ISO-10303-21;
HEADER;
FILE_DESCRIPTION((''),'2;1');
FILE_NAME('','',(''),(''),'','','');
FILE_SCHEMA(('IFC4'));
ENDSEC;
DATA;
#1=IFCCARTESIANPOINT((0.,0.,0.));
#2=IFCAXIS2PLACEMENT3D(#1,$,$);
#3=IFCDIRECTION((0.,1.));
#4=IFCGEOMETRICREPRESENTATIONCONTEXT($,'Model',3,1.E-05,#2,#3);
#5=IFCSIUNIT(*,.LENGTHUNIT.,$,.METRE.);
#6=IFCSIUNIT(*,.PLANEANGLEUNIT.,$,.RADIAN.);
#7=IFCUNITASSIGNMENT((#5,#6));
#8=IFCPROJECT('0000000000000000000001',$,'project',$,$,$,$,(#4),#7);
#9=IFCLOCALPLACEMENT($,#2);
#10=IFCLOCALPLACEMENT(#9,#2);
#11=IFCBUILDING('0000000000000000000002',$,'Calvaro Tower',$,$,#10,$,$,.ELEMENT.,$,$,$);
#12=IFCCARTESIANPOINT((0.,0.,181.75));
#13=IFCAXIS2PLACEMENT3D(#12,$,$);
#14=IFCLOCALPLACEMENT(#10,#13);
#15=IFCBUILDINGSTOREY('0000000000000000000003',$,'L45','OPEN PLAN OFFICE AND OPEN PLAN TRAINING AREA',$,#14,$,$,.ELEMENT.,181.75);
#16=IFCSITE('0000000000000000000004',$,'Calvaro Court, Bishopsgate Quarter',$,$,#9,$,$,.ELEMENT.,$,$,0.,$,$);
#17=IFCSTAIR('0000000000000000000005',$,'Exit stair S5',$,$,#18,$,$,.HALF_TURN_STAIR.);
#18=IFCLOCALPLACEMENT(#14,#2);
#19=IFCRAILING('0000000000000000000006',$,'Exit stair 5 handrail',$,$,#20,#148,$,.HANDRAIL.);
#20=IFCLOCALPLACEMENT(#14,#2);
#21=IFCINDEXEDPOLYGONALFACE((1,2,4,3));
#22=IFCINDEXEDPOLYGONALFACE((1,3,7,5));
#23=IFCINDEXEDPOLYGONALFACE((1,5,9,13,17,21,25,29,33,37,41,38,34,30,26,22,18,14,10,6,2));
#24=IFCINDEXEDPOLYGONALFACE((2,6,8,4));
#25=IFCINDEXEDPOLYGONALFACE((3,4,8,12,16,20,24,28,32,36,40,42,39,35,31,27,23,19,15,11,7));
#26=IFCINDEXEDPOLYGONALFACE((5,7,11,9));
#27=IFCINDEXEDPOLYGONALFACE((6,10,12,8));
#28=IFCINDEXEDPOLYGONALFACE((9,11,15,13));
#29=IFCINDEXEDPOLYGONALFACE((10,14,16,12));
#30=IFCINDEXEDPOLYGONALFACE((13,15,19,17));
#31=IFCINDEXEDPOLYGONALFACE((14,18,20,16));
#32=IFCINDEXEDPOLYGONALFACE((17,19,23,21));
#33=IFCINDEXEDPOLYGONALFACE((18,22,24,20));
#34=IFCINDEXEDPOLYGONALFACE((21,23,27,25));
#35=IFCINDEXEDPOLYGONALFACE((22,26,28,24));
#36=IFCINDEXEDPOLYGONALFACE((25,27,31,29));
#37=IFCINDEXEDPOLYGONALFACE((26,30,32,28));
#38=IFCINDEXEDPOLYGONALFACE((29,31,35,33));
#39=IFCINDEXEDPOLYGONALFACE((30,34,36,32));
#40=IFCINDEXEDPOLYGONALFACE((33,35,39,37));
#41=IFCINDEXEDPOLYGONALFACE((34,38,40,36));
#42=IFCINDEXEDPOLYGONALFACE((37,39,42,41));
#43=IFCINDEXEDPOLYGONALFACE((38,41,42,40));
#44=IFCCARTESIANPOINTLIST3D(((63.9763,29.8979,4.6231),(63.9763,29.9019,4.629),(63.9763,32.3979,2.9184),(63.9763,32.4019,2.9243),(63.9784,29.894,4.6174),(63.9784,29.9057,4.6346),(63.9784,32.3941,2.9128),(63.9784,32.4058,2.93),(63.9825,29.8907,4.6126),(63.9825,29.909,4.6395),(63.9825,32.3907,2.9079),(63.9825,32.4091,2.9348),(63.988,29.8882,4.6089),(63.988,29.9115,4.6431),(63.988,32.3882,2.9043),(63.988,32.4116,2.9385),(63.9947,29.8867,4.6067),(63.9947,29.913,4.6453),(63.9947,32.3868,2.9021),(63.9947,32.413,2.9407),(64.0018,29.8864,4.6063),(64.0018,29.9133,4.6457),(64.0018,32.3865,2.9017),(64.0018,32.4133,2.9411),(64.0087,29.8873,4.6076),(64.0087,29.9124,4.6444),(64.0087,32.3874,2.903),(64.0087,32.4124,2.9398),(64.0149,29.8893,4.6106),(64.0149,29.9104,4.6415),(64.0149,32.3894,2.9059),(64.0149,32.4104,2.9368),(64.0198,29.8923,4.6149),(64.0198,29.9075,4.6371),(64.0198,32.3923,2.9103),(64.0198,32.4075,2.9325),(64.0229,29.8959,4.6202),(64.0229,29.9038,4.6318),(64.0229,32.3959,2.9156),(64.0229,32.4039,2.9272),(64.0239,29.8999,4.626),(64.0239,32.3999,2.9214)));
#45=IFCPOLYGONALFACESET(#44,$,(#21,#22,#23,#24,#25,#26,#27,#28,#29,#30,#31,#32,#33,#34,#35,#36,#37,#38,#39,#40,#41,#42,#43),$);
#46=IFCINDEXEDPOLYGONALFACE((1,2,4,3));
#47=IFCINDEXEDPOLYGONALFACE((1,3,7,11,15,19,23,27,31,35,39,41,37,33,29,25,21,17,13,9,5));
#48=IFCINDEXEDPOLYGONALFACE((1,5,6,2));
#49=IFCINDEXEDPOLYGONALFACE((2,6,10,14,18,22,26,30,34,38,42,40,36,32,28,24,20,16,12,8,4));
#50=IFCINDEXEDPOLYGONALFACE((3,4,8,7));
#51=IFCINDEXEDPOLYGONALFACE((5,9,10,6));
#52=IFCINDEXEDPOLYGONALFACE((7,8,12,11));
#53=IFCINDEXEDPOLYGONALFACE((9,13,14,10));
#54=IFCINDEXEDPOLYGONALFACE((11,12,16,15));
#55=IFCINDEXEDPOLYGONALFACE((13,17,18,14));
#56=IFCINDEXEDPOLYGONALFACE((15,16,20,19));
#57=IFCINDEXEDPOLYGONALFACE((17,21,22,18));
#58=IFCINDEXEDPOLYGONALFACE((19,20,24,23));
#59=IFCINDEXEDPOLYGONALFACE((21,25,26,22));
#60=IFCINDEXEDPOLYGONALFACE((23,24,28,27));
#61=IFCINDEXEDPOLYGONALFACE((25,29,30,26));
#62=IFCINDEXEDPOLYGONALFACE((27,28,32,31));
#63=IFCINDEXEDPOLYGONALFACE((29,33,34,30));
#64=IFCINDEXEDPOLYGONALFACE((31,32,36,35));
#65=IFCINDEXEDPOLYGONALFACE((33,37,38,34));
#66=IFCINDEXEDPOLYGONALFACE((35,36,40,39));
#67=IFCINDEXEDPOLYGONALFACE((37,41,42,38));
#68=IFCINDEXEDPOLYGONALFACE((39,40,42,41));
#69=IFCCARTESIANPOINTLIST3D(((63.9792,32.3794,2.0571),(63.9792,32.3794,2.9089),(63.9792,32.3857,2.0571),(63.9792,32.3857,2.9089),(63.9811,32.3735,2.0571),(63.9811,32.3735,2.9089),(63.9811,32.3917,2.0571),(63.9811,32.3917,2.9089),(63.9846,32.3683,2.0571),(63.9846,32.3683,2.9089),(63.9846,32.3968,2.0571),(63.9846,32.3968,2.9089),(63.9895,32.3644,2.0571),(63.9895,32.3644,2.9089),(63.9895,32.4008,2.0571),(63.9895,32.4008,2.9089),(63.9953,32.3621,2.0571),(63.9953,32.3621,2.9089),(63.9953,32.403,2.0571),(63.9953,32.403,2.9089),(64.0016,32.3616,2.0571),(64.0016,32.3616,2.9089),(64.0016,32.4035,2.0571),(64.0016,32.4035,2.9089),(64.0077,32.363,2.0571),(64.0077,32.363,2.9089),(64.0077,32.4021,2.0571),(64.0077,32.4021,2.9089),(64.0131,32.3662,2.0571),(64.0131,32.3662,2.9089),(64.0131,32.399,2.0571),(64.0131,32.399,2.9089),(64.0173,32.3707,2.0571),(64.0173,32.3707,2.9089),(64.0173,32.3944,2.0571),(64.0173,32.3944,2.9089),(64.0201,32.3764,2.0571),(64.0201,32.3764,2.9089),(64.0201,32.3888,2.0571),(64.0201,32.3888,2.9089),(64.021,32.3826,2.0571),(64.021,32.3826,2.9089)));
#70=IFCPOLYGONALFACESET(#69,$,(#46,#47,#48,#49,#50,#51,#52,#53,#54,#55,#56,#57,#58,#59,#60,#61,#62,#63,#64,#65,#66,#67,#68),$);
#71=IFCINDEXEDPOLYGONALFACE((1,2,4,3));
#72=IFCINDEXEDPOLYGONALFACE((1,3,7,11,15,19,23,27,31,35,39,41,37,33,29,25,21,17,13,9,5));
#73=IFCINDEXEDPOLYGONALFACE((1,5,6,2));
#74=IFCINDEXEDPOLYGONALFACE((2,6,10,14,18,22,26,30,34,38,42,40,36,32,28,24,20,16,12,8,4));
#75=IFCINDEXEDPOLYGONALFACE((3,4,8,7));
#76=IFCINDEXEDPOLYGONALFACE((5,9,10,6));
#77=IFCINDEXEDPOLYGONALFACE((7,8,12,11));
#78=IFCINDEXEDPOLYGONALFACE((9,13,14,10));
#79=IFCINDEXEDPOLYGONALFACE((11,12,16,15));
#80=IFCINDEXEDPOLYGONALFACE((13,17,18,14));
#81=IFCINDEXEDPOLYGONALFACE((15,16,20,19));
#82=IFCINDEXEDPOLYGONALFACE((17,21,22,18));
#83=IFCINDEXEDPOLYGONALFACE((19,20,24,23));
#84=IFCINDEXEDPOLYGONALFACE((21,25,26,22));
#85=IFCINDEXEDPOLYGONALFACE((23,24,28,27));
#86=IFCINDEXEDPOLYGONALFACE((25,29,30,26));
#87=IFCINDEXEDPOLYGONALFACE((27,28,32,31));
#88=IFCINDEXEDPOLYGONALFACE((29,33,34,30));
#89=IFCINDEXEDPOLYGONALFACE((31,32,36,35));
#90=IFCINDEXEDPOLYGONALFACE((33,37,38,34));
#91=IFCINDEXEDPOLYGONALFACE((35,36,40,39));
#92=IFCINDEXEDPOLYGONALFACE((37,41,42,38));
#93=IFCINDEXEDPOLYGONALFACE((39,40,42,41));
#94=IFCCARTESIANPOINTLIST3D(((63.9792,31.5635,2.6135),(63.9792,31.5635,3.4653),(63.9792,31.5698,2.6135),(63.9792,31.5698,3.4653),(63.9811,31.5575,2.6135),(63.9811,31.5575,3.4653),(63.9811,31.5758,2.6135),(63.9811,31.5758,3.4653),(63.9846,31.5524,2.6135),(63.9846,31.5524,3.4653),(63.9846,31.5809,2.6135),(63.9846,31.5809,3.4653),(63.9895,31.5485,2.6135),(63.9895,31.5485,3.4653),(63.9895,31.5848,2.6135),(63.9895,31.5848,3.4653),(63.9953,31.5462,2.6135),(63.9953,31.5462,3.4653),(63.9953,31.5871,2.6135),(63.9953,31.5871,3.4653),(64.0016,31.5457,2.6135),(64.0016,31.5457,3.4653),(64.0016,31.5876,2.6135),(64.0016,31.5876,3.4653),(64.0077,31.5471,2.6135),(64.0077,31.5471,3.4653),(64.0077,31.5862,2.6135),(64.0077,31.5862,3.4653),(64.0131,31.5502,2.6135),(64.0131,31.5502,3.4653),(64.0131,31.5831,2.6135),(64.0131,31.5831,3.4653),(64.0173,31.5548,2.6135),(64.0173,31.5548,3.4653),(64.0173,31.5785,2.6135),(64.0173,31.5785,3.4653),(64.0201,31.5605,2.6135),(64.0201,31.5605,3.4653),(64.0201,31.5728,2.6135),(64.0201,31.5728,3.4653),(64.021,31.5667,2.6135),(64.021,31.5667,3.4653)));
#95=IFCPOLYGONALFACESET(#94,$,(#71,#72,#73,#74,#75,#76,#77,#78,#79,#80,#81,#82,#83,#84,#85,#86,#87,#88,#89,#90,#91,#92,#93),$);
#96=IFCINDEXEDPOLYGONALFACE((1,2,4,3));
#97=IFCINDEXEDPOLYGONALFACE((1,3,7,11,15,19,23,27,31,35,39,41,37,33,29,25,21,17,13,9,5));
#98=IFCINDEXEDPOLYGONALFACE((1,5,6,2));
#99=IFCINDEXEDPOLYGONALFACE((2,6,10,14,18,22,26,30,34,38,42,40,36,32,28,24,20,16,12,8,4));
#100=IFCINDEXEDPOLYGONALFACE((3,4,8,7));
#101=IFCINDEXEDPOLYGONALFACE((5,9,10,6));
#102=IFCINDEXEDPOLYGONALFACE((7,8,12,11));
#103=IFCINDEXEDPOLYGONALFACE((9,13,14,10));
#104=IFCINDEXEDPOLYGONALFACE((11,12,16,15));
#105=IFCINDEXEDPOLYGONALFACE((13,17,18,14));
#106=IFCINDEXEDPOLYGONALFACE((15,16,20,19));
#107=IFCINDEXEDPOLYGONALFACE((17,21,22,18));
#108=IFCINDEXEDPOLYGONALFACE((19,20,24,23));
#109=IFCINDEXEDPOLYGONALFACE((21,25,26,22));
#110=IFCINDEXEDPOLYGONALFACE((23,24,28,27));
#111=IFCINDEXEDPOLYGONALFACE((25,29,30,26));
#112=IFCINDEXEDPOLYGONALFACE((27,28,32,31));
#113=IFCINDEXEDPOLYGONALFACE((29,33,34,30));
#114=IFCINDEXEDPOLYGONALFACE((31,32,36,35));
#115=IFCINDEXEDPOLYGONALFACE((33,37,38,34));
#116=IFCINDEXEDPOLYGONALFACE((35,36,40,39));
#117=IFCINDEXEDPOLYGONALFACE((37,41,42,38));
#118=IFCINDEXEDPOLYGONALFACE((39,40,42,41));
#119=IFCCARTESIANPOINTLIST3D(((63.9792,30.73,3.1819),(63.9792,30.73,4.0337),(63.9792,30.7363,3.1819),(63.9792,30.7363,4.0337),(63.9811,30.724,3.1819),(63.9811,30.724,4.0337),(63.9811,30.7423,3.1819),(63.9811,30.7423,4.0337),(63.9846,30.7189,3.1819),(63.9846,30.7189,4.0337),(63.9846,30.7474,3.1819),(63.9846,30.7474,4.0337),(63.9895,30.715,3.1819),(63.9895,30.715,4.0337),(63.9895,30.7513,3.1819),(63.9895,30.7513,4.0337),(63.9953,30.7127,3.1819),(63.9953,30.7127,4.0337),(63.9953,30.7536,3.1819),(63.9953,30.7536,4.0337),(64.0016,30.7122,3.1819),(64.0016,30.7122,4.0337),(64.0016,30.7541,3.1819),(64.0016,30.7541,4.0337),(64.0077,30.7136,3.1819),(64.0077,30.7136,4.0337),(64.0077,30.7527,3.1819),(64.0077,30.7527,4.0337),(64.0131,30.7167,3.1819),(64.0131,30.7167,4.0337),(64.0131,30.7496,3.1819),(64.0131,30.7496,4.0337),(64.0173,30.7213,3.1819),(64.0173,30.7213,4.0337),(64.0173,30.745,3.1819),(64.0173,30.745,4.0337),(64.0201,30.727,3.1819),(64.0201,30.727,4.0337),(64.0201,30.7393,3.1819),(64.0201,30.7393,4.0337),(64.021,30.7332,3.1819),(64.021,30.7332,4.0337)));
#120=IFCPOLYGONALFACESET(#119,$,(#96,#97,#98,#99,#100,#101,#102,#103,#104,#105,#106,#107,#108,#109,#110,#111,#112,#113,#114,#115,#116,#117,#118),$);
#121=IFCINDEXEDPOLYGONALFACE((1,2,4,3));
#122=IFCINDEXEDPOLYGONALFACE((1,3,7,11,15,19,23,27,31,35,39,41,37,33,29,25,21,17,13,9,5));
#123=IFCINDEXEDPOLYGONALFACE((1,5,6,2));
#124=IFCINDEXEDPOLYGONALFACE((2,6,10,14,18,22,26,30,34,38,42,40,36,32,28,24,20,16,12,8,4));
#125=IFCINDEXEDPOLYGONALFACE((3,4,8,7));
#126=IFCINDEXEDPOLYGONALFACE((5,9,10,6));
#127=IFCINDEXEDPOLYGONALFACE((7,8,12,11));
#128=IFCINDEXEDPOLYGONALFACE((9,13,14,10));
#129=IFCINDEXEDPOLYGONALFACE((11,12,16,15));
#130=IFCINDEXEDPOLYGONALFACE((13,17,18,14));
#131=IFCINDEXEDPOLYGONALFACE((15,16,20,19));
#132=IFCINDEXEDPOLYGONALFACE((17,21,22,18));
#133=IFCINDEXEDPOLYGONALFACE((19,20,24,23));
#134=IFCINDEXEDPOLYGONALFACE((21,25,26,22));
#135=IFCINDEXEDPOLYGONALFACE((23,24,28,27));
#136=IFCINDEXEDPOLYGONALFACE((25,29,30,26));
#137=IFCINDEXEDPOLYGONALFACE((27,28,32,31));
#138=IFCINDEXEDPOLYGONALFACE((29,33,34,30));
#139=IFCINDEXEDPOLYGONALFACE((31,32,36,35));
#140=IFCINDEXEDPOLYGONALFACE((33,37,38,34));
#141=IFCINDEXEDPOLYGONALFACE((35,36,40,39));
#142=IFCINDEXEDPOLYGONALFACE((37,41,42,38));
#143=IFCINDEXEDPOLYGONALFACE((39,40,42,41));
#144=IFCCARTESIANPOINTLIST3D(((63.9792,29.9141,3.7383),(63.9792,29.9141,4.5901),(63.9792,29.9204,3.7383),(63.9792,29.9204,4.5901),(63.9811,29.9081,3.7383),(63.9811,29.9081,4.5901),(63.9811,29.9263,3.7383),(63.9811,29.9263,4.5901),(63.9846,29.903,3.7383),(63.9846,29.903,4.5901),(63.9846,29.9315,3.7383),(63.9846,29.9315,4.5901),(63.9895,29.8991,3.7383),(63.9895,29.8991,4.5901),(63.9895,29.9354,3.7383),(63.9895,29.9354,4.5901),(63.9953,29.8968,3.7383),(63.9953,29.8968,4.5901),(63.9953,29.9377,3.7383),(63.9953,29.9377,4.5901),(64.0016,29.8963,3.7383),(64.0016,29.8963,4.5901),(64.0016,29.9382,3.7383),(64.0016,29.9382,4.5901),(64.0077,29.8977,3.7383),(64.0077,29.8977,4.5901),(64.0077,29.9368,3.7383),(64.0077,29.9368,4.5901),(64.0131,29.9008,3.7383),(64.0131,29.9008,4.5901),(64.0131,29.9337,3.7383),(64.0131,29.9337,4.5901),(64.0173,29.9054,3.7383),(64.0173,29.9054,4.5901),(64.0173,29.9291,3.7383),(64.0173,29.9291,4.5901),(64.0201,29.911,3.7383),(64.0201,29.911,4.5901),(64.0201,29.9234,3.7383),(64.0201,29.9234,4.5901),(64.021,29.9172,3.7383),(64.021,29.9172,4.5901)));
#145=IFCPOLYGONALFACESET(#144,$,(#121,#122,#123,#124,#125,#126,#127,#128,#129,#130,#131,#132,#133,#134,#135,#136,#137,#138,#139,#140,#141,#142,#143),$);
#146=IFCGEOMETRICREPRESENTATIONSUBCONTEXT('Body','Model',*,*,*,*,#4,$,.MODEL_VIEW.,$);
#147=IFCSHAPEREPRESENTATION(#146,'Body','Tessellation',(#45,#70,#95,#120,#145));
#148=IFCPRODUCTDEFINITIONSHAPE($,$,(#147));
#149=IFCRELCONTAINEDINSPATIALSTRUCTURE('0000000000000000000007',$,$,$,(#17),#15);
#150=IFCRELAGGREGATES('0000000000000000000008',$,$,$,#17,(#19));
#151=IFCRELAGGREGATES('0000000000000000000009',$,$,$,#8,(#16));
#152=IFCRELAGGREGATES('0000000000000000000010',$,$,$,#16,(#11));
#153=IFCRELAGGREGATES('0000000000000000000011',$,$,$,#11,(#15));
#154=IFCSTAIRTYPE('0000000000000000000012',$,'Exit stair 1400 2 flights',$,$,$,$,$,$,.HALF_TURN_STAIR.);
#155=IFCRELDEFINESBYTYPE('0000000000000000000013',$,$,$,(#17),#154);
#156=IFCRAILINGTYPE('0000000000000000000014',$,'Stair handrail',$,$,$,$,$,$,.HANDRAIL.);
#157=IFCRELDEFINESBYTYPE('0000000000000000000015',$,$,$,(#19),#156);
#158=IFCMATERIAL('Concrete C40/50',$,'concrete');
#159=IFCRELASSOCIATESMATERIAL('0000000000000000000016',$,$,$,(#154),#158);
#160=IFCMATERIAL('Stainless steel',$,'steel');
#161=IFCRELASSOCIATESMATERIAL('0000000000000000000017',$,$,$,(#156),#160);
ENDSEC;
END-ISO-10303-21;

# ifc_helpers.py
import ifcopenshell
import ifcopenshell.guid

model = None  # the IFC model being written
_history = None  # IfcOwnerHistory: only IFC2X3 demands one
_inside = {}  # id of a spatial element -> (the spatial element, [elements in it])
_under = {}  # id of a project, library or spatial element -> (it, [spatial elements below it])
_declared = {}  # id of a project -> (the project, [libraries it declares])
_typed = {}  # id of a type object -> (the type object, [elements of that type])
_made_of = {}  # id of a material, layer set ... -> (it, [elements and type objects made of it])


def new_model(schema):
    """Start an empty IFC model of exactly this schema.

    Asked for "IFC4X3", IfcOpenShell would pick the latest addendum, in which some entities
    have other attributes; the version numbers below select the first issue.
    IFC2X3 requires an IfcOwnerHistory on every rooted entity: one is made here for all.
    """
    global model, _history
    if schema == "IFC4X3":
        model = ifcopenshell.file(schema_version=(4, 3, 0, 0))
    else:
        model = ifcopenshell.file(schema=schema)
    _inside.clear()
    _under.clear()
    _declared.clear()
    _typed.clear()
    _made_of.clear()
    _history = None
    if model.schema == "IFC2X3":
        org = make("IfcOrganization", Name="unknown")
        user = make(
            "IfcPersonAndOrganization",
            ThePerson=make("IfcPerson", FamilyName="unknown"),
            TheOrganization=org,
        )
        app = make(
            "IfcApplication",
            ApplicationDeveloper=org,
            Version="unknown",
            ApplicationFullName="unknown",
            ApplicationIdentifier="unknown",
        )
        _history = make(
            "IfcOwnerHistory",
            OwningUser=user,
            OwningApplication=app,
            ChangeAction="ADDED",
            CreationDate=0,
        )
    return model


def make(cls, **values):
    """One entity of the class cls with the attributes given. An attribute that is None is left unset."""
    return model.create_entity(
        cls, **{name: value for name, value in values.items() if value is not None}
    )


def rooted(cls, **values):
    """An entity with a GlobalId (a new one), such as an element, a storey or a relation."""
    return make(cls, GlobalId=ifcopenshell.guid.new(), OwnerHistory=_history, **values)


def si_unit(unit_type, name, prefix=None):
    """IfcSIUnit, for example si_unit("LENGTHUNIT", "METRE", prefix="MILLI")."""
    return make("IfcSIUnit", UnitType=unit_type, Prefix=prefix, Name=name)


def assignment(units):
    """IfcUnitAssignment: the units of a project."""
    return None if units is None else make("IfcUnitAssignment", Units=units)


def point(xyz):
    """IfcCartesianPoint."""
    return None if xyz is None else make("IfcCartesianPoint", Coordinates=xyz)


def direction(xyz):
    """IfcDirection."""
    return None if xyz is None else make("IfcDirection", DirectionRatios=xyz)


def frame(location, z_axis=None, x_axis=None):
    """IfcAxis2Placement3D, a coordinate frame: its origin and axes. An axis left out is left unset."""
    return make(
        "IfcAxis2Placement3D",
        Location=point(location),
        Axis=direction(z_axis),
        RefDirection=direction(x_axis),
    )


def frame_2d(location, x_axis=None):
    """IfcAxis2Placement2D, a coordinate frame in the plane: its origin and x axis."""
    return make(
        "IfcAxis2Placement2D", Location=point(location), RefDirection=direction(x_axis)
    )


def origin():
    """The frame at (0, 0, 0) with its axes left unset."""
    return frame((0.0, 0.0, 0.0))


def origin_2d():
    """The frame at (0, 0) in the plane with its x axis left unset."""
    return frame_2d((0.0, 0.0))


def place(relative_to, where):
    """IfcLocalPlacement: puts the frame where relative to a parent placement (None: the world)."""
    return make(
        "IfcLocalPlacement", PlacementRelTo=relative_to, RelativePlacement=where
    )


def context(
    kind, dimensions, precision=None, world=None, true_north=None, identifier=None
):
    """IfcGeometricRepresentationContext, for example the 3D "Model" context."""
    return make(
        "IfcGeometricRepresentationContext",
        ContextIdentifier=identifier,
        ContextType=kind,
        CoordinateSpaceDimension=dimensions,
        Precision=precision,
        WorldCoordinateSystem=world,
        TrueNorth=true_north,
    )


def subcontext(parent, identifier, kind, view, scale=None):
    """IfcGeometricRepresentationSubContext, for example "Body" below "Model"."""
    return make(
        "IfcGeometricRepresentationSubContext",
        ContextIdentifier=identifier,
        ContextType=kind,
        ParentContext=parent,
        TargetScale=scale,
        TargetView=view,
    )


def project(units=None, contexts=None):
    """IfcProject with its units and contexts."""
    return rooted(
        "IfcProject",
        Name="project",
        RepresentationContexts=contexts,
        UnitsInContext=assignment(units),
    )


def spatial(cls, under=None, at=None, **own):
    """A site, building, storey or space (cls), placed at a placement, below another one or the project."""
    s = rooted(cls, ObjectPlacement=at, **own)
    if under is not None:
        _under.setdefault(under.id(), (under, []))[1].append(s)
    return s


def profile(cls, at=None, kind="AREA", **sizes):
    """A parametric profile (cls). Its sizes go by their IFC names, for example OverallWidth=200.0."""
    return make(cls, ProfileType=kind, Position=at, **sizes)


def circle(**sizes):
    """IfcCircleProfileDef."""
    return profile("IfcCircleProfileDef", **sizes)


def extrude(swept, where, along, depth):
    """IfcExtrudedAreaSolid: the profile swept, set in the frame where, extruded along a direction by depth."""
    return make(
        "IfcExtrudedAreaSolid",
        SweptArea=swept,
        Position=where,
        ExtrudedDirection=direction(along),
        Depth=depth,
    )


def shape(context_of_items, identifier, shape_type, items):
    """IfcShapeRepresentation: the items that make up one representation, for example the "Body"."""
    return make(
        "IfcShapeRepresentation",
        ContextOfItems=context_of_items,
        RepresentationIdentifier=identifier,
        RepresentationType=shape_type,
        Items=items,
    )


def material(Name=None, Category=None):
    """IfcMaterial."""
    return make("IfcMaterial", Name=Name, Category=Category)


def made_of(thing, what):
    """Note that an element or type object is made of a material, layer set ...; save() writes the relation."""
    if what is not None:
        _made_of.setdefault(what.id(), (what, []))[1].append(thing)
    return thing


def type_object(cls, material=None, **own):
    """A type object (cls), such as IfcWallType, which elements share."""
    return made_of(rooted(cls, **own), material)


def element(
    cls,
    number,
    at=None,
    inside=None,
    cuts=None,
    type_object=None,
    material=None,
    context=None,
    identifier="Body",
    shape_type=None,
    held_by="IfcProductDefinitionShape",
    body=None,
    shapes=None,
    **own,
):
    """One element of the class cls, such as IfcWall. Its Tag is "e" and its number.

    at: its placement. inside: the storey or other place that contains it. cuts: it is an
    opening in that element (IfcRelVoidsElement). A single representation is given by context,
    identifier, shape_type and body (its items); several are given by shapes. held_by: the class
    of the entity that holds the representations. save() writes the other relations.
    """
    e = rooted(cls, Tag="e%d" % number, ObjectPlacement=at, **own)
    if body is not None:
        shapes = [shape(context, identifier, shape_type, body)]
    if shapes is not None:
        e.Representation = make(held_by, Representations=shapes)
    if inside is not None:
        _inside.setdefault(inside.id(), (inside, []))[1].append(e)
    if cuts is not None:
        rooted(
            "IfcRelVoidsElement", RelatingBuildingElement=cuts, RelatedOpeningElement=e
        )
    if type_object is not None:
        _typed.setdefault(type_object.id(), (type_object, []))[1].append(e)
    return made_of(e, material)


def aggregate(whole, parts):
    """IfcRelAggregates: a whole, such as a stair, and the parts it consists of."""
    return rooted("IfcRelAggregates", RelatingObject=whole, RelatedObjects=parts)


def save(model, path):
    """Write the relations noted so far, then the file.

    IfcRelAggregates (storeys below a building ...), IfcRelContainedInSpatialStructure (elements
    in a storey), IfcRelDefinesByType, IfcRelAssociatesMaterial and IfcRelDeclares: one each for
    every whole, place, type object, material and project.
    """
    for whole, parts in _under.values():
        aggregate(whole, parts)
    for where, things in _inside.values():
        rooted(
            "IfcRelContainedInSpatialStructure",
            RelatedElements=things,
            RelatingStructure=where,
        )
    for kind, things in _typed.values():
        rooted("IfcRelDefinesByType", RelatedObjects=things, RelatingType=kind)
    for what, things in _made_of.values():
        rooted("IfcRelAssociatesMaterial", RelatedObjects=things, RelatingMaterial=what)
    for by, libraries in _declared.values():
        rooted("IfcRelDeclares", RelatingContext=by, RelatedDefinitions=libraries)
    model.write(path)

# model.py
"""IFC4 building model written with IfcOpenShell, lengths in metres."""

from ifc_helpers import new_model, si_unit, direction, frame, origin, origin_2d, place, context, subcontext, project, spatial, circle, extrude, material, type_object, element, aggregate, save


model = new_model("IFC4")

# Units and contexts
model_context = context("Model", 3, precision=1e-05, world=origin(), true_north=direction((0.0, 1.0)))
body_context = subcontext(model_context, "Body", "Model", "MODEL_VIEW")
ifc_project = project(units=[si_unit("LENGTHUNIT", "METRE"), si_unit("PLANEANGLEUNIT", "RADIAN")], contexts=[model_context])

# Site, building, storey
site_placement = place(None, origin())
site = spatial("IfcSite", under=ifc_project, at=site_placement, Name="Calvaro Court, Bishopsgate Quarter", CompositionType="ELEMENT", RefElevation=0.0)
building_placement = place(site_placement, origin())
building = spatial("IfcBuilding", under=site, at=building_placement, Name="Calvaro Tower", CompositionType="ELEMENT")
storey_placement = place(building_placement, frame((0.0, 0.0, 181.75)))
storey = spatial("IfcBuildingStorey", under=building, at=storey_placement, Name="L45", Description="OPEN PLAN OFFICE AND OPEN PLAN TRAINING AREA", CompositionType="ELEMENT", Elevation=181.75)

# Stair, railing
ifc_material_1 = material(Name="Concrete C40/50", Category="concrete")
stair_type = type_object("IfcStairType", Name="Exit stair 1400 2 flights", PredefinedType="HALF_TURN_STAIR", material=ifc_material_1)
stair_placement = place(storey_placement, origin())
stair = element("IfcStair", 1, at=stair_placement, inside=storey, type_object=stair_type, Name="Exit stair S5", PredefinedType="HALF_TURN_STAIR")
ifc_material_2 = material(Name="Stainless steel", Category="steel")
railing_type = type_object("IfcRailingType", Name="Stair handrail", PredefinedType="HANDRAIL", material=ifc_material_2)
railing_placement = place(storey_placement, frame((64.0, 32.3999, 2.0454)))
railing = element("IfcRailing", 2, at=railing_placement, type_object=railing_type, Name="Exit stair 5 handrail", PredefinedType="HANDRAIL", context=body_context, shape_type="SweptSolid", body=[
    extrude(circle(Radius=0.0239, at=origin_2d()), frame((0.0, 0.0, 0.876), z_axis=(0.0, -0.826221, 0.563347), x_axis=(1.0, 0.0, 0.0)), (0.0, 0.0, 1.0), 3.0259),
    extrude(circle(Radius=0.021, at=origin_2d()), frame((0.0, -0.0173, 0.0117)), (0.0, 0.0, 1.0), 0.8518),
    extrude(circle(Radius=0.021, at=origin_2d()), frame((0.0, -0.8333, 0.5681)), (0.0, 0.0, 1.0), 0.8518),
    extrude(circle(Radius=0.021, at=origin_2d()), frame((0.0, -1.6667, 1.1365)), (0.0, 0.0, 1.0), 0.8518),
    extrude(circle(Radius=0.021, at=origin_2d()), frame((0.0, -2.4827, 1.6929)), (0.0, 0.0, 1.0), 0.8518),
])
aggregate(stair, [railing])

save(model, "model.ifc")
